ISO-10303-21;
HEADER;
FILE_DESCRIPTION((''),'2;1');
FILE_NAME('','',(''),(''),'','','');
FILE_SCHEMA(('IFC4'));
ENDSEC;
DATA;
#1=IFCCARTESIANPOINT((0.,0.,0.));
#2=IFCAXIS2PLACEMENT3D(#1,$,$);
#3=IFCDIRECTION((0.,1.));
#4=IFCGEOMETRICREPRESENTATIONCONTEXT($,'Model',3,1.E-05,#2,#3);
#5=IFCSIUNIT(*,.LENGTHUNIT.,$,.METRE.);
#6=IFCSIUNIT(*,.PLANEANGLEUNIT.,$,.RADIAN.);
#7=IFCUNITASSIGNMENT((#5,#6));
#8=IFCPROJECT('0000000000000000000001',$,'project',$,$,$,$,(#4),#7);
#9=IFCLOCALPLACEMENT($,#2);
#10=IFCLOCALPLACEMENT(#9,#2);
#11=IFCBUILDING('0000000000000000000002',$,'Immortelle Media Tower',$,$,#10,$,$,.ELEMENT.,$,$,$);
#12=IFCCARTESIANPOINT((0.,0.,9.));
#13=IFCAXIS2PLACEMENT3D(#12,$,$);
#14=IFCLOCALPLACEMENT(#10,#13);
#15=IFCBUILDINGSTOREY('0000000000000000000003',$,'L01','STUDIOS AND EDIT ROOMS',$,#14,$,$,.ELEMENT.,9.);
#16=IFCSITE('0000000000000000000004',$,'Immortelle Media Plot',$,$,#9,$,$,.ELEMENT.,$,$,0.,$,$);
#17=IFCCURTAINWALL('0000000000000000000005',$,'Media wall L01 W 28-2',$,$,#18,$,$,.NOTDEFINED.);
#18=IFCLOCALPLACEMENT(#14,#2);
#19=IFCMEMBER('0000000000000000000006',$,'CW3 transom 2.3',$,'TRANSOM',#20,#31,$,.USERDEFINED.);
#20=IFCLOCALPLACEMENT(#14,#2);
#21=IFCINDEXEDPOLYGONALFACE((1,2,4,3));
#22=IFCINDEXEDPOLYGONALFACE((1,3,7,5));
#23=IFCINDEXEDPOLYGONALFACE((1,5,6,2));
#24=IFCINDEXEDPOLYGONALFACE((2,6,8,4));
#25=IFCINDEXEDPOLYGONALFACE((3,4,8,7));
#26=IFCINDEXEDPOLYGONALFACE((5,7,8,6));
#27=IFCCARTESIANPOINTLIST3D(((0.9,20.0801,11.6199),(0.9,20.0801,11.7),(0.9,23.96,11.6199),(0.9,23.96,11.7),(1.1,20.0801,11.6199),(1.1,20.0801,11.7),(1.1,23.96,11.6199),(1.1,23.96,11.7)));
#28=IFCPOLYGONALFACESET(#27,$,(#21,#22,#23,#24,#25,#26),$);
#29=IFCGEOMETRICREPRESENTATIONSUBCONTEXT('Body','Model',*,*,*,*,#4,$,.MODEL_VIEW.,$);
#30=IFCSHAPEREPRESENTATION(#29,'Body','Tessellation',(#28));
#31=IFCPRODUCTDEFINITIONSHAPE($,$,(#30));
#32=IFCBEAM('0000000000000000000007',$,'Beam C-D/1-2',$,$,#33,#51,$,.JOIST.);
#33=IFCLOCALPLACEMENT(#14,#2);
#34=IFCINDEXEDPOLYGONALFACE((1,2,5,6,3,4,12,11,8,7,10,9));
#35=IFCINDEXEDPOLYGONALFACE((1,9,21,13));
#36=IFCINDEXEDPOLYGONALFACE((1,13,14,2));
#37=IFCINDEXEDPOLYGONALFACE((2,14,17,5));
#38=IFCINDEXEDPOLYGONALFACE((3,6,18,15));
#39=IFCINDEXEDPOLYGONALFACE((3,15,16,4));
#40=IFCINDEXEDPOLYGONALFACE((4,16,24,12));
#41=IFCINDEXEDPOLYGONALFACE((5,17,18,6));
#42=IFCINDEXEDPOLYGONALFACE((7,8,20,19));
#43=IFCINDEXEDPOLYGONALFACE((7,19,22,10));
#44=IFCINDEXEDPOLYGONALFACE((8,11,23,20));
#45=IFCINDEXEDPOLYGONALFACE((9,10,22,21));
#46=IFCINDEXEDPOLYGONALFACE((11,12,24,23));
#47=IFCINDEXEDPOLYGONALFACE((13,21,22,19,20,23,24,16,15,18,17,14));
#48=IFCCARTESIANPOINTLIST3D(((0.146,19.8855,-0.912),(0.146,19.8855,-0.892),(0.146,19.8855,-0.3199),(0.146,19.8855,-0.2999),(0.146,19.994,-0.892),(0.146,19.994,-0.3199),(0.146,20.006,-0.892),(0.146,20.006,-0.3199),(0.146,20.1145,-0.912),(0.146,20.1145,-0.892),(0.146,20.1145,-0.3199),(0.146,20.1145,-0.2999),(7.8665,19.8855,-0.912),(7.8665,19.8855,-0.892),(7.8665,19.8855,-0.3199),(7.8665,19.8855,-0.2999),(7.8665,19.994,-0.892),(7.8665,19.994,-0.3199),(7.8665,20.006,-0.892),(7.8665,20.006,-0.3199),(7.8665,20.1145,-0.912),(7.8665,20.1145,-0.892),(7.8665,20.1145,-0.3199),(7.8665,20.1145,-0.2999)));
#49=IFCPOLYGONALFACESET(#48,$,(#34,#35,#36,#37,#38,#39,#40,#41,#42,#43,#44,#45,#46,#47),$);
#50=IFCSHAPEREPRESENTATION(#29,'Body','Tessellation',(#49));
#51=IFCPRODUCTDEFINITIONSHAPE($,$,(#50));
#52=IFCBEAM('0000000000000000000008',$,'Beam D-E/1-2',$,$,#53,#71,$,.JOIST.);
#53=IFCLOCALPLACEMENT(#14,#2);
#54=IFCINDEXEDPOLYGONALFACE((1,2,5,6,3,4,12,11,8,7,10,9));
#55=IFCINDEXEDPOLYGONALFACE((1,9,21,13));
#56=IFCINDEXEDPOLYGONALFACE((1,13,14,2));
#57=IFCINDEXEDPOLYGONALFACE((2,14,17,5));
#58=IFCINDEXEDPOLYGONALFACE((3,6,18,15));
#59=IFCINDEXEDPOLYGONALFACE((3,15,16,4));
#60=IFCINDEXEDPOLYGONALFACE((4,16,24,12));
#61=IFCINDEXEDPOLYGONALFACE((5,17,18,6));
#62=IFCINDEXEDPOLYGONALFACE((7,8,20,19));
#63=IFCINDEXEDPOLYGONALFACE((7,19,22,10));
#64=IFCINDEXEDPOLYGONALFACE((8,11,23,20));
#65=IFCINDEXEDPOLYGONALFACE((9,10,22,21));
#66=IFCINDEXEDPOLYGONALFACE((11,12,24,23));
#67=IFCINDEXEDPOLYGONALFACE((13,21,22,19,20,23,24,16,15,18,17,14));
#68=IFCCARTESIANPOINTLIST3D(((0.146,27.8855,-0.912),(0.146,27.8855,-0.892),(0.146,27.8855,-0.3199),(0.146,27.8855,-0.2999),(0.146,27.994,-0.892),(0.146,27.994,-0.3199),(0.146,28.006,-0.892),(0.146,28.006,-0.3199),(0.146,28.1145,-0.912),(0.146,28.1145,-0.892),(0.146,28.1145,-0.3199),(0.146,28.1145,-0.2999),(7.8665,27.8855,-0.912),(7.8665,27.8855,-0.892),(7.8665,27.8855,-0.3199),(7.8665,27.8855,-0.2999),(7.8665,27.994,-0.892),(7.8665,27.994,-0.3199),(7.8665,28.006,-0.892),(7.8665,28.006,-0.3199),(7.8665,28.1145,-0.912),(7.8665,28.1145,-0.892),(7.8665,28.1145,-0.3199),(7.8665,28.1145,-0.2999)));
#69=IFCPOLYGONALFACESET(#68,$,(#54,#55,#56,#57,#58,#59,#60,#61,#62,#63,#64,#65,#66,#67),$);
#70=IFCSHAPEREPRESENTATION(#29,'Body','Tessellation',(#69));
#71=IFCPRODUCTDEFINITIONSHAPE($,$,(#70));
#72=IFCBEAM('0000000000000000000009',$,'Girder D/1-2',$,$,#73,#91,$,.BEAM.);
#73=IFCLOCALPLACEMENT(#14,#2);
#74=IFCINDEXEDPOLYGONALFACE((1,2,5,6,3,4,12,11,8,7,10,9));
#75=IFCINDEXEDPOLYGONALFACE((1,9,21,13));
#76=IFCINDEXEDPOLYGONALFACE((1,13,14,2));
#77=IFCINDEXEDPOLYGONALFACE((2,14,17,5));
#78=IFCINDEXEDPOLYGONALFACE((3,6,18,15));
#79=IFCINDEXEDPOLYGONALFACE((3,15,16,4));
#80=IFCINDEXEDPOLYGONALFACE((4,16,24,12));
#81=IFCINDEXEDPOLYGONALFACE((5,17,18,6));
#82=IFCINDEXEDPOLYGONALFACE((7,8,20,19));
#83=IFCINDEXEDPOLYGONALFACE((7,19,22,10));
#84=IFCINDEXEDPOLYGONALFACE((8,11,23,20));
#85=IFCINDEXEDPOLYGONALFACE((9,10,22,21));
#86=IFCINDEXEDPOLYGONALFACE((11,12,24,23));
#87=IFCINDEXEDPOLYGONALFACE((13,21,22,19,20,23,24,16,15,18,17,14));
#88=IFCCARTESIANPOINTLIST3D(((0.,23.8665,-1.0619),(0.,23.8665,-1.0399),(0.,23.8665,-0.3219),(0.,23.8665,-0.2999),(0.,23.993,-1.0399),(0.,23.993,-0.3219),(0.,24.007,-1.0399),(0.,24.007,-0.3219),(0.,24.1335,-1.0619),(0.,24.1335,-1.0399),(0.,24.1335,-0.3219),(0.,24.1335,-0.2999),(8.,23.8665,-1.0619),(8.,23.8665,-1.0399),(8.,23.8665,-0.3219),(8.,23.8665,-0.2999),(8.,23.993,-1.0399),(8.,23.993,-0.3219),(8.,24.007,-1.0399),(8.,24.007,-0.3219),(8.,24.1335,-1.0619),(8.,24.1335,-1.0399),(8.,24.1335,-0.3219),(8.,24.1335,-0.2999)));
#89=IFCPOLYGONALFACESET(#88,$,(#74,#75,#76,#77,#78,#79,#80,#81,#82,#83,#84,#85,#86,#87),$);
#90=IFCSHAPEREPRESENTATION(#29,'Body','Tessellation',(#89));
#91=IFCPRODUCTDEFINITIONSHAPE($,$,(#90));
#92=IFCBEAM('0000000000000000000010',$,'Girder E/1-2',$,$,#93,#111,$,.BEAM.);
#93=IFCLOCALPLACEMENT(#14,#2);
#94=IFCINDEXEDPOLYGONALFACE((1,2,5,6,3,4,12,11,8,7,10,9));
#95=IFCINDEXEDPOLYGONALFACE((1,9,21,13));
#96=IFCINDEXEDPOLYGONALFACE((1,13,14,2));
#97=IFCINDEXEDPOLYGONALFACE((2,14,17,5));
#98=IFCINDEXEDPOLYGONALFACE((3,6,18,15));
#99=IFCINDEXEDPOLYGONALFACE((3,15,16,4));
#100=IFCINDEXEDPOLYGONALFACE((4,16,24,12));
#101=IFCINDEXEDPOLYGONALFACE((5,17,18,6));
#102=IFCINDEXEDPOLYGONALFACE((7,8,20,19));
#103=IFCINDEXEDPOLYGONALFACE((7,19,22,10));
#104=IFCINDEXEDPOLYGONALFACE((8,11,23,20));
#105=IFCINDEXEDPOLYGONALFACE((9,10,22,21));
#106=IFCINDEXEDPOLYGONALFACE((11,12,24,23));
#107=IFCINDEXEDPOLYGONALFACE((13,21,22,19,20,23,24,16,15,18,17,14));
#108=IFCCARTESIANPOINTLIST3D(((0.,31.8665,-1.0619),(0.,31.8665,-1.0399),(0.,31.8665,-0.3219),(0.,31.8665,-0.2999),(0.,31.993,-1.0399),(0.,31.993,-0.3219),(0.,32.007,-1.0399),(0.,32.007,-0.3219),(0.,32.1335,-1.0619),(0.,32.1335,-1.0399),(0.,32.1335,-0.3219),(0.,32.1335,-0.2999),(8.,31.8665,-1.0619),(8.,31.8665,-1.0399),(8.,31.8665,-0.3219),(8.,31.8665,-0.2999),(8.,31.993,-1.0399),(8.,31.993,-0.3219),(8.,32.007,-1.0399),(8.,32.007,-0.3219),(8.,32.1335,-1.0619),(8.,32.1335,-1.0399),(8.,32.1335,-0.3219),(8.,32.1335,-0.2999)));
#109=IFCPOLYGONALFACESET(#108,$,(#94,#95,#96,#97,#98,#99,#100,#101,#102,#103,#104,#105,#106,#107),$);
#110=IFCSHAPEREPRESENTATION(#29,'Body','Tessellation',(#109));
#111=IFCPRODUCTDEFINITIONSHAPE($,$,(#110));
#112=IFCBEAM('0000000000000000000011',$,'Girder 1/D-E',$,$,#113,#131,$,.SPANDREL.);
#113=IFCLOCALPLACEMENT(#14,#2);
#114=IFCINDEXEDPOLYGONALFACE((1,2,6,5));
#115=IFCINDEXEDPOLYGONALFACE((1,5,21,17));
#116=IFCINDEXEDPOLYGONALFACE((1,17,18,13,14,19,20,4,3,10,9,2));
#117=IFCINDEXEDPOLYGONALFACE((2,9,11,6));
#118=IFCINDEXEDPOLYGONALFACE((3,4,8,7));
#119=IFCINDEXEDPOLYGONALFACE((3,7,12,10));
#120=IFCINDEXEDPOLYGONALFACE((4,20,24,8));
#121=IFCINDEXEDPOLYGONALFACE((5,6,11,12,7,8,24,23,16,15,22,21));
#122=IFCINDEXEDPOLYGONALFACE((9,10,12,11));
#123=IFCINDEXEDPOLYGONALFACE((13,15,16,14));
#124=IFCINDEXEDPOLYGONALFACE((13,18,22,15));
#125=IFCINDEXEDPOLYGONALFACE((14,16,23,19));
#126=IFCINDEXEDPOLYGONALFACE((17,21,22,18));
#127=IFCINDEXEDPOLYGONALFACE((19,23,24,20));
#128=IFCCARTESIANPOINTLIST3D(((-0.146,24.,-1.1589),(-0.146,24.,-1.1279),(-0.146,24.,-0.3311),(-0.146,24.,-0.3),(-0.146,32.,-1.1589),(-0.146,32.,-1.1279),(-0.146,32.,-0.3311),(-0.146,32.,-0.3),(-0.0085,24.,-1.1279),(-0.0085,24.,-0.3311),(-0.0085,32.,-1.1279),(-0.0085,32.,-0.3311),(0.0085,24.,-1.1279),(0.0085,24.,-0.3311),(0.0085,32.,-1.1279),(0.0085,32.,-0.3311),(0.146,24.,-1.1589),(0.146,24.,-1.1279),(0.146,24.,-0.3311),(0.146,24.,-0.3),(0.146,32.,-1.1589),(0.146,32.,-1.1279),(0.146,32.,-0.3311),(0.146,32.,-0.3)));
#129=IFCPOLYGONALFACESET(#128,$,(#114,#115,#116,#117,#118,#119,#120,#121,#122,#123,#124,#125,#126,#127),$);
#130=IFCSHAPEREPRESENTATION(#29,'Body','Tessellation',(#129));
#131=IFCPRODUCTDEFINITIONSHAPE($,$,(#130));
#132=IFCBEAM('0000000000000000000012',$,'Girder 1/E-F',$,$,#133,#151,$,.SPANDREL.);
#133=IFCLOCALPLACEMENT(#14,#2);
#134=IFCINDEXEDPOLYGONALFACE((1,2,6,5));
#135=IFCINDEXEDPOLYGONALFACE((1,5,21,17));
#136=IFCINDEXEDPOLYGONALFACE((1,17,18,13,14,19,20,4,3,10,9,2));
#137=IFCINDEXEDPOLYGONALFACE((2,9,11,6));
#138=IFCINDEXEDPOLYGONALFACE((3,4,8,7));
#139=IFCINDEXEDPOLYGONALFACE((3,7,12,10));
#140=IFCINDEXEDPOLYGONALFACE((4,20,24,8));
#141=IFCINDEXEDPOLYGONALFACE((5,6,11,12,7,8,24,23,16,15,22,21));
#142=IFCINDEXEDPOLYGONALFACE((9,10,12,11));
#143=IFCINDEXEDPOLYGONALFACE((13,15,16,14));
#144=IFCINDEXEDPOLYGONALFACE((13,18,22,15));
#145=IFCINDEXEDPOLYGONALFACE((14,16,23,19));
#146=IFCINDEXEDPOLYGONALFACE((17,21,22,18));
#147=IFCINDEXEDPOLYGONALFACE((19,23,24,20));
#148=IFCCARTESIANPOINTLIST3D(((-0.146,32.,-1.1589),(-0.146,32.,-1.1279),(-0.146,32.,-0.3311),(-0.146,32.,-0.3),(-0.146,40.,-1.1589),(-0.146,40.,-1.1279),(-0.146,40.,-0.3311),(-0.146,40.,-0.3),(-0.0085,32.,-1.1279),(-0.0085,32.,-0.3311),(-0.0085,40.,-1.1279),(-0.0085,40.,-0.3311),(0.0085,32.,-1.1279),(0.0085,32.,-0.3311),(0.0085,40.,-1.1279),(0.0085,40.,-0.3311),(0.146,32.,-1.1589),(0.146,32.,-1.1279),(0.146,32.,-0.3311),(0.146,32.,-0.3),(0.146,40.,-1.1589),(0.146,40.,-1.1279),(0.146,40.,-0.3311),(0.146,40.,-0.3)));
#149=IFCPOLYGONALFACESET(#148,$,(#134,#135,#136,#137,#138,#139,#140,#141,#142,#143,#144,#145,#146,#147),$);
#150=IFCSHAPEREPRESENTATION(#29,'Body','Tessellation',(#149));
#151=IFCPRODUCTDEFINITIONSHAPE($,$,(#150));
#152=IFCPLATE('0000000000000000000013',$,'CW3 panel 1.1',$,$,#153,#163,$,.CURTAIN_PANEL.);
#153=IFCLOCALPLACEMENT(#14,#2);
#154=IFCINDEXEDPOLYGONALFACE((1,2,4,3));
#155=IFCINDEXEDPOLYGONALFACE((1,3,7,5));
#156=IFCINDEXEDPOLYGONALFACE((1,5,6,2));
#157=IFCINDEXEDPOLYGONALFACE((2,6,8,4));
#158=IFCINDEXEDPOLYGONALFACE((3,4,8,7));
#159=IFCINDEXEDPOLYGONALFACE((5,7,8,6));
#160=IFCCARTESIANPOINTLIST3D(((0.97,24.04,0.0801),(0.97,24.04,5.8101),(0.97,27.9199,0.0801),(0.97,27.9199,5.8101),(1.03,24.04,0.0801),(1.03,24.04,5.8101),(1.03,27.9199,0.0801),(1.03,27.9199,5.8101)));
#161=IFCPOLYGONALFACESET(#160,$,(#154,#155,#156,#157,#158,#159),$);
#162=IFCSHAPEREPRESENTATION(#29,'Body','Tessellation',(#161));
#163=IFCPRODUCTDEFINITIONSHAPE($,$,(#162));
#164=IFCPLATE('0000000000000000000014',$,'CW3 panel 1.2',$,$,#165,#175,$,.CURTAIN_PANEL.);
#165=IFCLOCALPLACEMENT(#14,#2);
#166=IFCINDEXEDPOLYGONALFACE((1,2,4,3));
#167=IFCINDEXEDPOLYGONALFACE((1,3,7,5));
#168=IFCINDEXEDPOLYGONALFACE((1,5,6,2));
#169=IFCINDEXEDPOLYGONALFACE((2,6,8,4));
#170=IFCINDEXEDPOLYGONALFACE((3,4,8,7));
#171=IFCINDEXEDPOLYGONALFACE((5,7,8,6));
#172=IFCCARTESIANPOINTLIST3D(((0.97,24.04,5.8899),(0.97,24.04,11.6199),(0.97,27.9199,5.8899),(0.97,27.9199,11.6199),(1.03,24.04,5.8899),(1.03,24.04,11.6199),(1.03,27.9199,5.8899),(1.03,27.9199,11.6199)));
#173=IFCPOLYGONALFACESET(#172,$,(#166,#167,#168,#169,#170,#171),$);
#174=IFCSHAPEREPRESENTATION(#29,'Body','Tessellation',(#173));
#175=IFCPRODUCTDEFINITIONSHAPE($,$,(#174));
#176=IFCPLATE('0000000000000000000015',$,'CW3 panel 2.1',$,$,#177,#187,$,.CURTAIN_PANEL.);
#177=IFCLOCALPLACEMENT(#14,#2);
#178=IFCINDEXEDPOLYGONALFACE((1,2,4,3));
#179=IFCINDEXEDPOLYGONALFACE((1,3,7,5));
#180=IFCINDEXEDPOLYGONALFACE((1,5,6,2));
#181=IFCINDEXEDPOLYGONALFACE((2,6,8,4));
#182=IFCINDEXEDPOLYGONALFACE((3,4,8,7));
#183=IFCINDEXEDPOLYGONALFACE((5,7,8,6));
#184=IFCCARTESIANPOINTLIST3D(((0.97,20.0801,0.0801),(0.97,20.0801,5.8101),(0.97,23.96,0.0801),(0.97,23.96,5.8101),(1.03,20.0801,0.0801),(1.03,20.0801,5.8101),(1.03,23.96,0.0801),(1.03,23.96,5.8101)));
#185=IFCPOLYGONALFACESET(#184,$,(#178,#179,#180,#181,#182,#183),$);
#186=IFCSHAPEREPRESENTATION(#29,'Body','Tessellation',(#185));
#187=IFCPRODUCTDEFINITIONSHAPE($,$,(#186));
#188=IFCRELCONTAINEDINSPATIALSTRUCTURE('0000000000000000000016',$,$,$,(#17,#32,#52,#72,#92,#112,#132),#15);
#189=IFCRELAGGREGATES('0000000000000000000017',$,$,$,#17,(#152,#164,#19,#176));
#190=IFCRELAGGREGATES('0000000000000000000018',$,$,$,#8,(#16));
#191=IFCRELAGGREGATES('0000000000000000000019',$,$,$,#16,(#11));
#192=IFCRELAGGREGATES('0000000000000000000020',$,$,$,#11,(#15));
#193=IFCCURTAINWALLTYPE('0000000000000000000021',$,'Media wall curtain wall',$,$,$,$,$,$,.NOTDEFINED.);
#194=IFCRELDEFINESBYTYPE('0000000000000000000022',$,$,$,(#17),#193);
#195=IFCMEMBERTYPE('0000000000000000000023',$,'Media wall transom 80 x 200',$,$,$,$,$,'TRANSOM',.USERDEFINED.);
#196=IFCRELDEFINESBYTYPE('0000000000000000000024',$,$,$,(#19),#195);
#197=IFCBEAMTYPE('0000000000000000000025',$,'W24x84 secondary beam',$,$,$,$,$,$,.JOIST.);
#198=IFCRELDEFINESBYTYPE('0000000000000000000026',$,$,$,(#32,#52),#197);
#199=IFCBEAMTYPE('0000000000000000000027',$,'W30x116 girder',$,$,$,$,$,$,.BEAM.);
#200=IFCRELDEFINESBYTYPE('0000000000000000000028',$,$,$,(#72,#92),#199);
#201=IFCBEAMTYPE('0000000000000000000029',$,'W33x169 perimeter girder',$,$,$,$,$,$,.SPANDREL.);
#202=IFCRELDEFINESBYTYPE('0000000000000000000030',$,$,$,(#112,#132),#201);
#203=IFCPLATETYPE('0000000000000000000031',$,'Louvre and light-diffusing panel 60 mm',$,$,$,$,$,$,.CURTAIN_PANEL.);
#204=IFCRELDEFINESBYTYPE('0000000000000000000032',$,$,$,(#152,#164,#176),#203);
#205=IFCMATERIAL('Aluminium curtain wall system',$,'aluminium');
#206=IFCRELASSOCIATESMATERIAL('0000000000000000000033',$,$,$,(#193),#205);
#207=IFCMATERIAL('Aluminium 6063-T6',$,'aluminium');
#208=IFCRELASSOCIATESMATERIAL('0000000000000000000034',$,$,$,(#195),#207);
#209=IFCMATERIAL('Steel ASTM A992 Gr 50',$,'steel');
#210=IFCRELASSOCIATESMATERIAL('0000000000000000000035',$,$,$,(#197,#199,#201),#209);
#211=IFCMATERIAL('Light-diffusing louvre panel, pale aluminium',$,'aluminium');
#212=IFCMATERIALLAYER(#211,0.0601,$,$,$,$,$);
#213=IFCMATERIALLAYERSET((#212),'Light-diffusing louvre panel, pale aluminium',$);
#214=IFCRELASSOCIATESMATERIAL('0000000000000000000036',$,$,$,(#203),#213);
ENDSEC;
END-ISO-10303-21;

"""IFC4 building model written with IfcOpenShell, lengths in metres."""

from ifc_helpers import new_model, si_unit, direction, frame, origin, origin_2d, place, context, subcontext, project, spatial, rectangle, i_section, extrude, material, layer, layer_set, material_profile, profile_set, type_object, element, aggregate, save


model = new_model("IFC4")

# Units and contexts
model_context = context("Model", 3, precision=1e-05, world=origin(), true_north=direction((0.0, 1.0)))
body_context = subcontext(model_context, "Body", "Model", "MODEL_VIEW")
ifc_project = project(units=[si_unit("LENGTHUNIT", "METRE"), si_unit("PLANEANGLEUNIT", "RADIAN")], contexts=[model_context])

# Site, building, storey
site_placement = place(None, origin())
site = spatial("IfcSite", under=ifc_project, at=site_placement, Name="Immortelle Media Plot", CompositionType="ELEMENT", RefElevation=0.0)
building_placement = place(site_placement, origin())
building = spatial("IfcBuilding", under=site, at=building_placement, Name="Immortelle Media Tower", CompositionType="ELEMENT")
storey_placement = place(building_placement, frame((0.0, 0.0, 9.0)))
storey = spatial("IfcBuildingStorey", under=building, at=storey_placement, Name="L01", Description="STUDIOS AND EDIT ROOMS", CompositionType="ELEMENT", Elevation=9.0)

# Shared definitions
ifc_material_1 = material(Name="Steel ASTM A992 Gr 50", Category="steel")

# Curtain wall, member
ifc_material_2 = material(Name="Aluminium curtain wall system", Category="aluminium")
curtain_wall_type = type_object("IfcCurtainWallType", Name="Media wall curtain wall", PredefinedType="NOTDEFINED", material=ifc_material_2)
curtain_wall_placement = place(storey_placement, origin())
curtain_wall = element("IfcCurtainWall", 1, at=curtain_wall_placement, inside=storey, type_object=curtain_wall_type, Name="Media wall L01 W 28-2", PredefinedType="NOTDEFINED")
ifc_material_3 = material(Name="Aluminium 6063-T6", Category="aluminium")
ifc_material_profile_1 = material_profile(ifc_material_3, rectangle(XDim=0.2, YDim=0.0801, at=origin_2d()), Name="AL 80x200")
ifc_profile_set_1 = profile_set([ifc_material_profile_1], Name="Aluminium 6063-T6")
member_type_1 = type_object("IfcMemberType", Name="Media wall transom 80 x 200", ElementType="TRANSOM", PredefinedType="USERDEFINED", material=ifc_profile_set_1)
member_1_placement = place(storey_placement, frame((1.0, 23.96, 11.6599), z_axis=(0.0, -1.0, 0.0), x_axis=(1.0, 0.0, 0.0)))
member_1 = element("IfcMember", 2, at=member_1_placement, type_object=member_type_1, Name="CW3 transom 2.3", ObjectType="TRANSOM", PredefinedType="USERDEFINED", context=body_context, shape_type="SweptSolid", body=[
    extrude(rectangle(XDim=0.2, YDim=0.0801, at=origin_2d()), origin(), (0.0, 0.0, 1.0), 3.8799),
])

# Beams
ifc_material_profile_2 = material_profile(ifc_material_1, i_section(OverallWidth=0.229, OverallDepth=0.6121, WebThickness=0.012, FlangeThickness=0.02, at=origin_2d()), Name="W24x84")
ifc_profile_set_2 = profile_set([ifc_material_profile_2], Name="Steel ASTM A992 Gr 50")
beam_type_1 = type_object("IfcBeamType", Name="W24x84 secondary beam", PredefinedType="JOIST", material=ifc_profile_set_2)
for number, where, z_axis, x_axis, name in (
    (3, (0.146, 20.0, -0.606), (1.0, 0.0, 0.0), (0.0, 1.0, 0.0), "Beam C-D/1-2"),
    (4, (0.146, 28.0, -0.606), (1.0, 0.0, 0.0), (0.0, 1.0, 0.0), "Beam D-E/1-2"),
):
    element("IfcBeam", number, at=place(storey_placement, frame(where, z_axis=z_axis, x_axis=x_axis)), inside=storey, type_object=beam_type_1, Name=name, PredefinedType="JOIST", context=body_context, shape_type="SweptSolid", body=[
        extrude(i_section(OverallWidth=0.229, OverallDepth=0.6121, WebThickness=0.012, FlangeThickness=0.02, at=origin_2d()), origin(), (0.0, 0.0, 1.0), 7.7205),
    ])
ifc_material_profile_3 = material_profile(ifc_material_1, i_section(OverallWidth=0.2671, OverallDepth=0.762, WebThickness=0.0139, FlangeThickness=0.022, at=origin_2d()), Name="W30x116")
ifc_profile_set_3 = profile_set([ifc_material_profile_3], Name="Steel ASTM A992 Gr 50")
beam_type_2 = type_object("IfcBeamType", Name="W30x116 girder", PredefinedType="BEAM", material=ifc_profile_set_3)
for number, where, z_axis, x_axis, name in (
    (5, (0.0, 24.0, -0.6809), (1.0, 0.0, 0.0), (0.0, 1.0, 0.0), "Girder D/1-2"),
    (6, (0.0, 32.0, -0.6809), (1.0, 0.0, 0.0), (0.0, 1.0, 0.0), "Girder E/1-2"),
):
    element("IfcBeam", number, at=place(storey_placement, frame(where, z_axis=z_axis, x_axis=x_axis)), inside=storey, type_object=beam_type_2, Name=name, PredefinedType="BEAM", context=body_context, shape_type="SweptSolid", body=[
        extrude(i_section(OverallWidth=0.2671, OverallDepth=0.762, WebThickness=0.0139, FlangeThickness=0.022, at=origin_2d()), origin(), (0.0, 0.0, 1.0), 8.0),
    ])
ifc_material_profile_4 = material_profile(ifc_material_1, i_section(OverallWidth=0.292, OverallDepth=0.8589, WebThickness=0.0171, FlangeThickness=0.031, at=origin_2d()), Name="W33x169")
ifc_profile_set_4 = profile_set([ifc_material_profile_4], Name="Steel ASTM A992 Gr 50")
beam_type_3 = type_object("IfcBeamType", Name="W33x169 perimeter girder", PredefinedType="SPANDREL", material=ifc_profile_set_4)
for number, where, z_axis, x_axis, name in (
    (7, (0.0, 24.0, -0.7295), (0.0, 1.0, 0.0), (-1.0, 0.0, 0.0), "Girder 1/D-E"),
    (8, (0.0, 32.0, -0.7295), (0.0, 1.0, 0.0), (-1.0, 0.0, 0.0), "Girder 1/E-F"),
):
    element("IfcBeam", number, at=place(storey_placement, frame(where, z_axis=z_axis, x_axis=x_axis)), inside=storey, type_object=beam_type_3, Name=name, PredefinedType="SPANDREL", context=body_context, shape_type="SweptSolid", body=[
        extrude(i_section(OverallWidth=0.292, OverallDepth=0.8589, WebThickness=0.0171, FlangeThickness=0.031, at=origin_2d()), origin(), (0.0, 0.0, 1.0), 8.0),
    ])

# Plates
ifc_material_4 = material(Name="Light-diffusing louvre panel, pale aluminium", Category="aluminium")
ifc_layer_1 = layer(ifc_material_4, 0.0601)
ifc_layer_set_1 = layer_set([ifc_layer_1], Name="Light-diffusing louvre panel, pale aluminium")
plate_type = type_object("IfcPlateType", Name="Louvre and light-diffusing panel 60 mm", PredefinedType="CURTAIN_PANEL", material=ifc_layer_set_1)
plate_1_placement = place(storey_placement, frame((1.0, 25.98, 0.0801), z_axis=(0.0, 0.0, 1.0), x_axis=(0.0, -1.0, 0.0)))
plate_1 = element("IfcPlate", 9, at=plate_1_placement, type_object=plate_type, Name="CW3 panel 1.1", PredefinedType="CURTAIN_PANEL", context=body_context, shape_type="SweptSolid", body=[
    extrude(rectangle(XDim=3.8799, YDim=0.0601, at=origin_2d()), origin(), (0.0, 0.0, 1.0), 5.73),
])
plate_2_placement = place(storey_placement, frame((1.0, 25.98, 5.8899), z_axis=(0.0, 0.0, 1.0), x_axis=(0.0, -1.0, 0.0)))
plate_2 = element("IfcPlate", 10, at=plate_2_placement, type_object=plate_type, Name="CW3 panel 1.2", PredefinedType="CURTAIN_PANEL", context=body_context, shape_type="SweptSolid", body=[
    extrude(rectangle(XDim=3.8799, YDim=0.0601, at=origin_2d()), origin(), (0.0, 0.0, 1.0), 5.73),
])
plate_3_placement = place(storey_placement, frame((1.0, 22.02, 0.0801), z_axis=(0.0, 0.0, 1.0), x_axis=(0.0, -1.0, 0.0)))
plate_3 = element("IfcPlate", 11, at=plate_3_placement, type_object=plate_type, Name="CW3 panel 2.1", PredefinedType="CURTAIN_PANEL", context=body_context, shape_type="SweptSolid", body=[
    extrude(rectangle(XDim=3.8799, YDim=0.0601, at=origin_2d()), origin(), (0.0, 0.0, 1.0), 5.73),
])
aggregate(curtain_wall, [plate_1, plate_2, member_1, plate_3])

save(model, "model.ifc")
